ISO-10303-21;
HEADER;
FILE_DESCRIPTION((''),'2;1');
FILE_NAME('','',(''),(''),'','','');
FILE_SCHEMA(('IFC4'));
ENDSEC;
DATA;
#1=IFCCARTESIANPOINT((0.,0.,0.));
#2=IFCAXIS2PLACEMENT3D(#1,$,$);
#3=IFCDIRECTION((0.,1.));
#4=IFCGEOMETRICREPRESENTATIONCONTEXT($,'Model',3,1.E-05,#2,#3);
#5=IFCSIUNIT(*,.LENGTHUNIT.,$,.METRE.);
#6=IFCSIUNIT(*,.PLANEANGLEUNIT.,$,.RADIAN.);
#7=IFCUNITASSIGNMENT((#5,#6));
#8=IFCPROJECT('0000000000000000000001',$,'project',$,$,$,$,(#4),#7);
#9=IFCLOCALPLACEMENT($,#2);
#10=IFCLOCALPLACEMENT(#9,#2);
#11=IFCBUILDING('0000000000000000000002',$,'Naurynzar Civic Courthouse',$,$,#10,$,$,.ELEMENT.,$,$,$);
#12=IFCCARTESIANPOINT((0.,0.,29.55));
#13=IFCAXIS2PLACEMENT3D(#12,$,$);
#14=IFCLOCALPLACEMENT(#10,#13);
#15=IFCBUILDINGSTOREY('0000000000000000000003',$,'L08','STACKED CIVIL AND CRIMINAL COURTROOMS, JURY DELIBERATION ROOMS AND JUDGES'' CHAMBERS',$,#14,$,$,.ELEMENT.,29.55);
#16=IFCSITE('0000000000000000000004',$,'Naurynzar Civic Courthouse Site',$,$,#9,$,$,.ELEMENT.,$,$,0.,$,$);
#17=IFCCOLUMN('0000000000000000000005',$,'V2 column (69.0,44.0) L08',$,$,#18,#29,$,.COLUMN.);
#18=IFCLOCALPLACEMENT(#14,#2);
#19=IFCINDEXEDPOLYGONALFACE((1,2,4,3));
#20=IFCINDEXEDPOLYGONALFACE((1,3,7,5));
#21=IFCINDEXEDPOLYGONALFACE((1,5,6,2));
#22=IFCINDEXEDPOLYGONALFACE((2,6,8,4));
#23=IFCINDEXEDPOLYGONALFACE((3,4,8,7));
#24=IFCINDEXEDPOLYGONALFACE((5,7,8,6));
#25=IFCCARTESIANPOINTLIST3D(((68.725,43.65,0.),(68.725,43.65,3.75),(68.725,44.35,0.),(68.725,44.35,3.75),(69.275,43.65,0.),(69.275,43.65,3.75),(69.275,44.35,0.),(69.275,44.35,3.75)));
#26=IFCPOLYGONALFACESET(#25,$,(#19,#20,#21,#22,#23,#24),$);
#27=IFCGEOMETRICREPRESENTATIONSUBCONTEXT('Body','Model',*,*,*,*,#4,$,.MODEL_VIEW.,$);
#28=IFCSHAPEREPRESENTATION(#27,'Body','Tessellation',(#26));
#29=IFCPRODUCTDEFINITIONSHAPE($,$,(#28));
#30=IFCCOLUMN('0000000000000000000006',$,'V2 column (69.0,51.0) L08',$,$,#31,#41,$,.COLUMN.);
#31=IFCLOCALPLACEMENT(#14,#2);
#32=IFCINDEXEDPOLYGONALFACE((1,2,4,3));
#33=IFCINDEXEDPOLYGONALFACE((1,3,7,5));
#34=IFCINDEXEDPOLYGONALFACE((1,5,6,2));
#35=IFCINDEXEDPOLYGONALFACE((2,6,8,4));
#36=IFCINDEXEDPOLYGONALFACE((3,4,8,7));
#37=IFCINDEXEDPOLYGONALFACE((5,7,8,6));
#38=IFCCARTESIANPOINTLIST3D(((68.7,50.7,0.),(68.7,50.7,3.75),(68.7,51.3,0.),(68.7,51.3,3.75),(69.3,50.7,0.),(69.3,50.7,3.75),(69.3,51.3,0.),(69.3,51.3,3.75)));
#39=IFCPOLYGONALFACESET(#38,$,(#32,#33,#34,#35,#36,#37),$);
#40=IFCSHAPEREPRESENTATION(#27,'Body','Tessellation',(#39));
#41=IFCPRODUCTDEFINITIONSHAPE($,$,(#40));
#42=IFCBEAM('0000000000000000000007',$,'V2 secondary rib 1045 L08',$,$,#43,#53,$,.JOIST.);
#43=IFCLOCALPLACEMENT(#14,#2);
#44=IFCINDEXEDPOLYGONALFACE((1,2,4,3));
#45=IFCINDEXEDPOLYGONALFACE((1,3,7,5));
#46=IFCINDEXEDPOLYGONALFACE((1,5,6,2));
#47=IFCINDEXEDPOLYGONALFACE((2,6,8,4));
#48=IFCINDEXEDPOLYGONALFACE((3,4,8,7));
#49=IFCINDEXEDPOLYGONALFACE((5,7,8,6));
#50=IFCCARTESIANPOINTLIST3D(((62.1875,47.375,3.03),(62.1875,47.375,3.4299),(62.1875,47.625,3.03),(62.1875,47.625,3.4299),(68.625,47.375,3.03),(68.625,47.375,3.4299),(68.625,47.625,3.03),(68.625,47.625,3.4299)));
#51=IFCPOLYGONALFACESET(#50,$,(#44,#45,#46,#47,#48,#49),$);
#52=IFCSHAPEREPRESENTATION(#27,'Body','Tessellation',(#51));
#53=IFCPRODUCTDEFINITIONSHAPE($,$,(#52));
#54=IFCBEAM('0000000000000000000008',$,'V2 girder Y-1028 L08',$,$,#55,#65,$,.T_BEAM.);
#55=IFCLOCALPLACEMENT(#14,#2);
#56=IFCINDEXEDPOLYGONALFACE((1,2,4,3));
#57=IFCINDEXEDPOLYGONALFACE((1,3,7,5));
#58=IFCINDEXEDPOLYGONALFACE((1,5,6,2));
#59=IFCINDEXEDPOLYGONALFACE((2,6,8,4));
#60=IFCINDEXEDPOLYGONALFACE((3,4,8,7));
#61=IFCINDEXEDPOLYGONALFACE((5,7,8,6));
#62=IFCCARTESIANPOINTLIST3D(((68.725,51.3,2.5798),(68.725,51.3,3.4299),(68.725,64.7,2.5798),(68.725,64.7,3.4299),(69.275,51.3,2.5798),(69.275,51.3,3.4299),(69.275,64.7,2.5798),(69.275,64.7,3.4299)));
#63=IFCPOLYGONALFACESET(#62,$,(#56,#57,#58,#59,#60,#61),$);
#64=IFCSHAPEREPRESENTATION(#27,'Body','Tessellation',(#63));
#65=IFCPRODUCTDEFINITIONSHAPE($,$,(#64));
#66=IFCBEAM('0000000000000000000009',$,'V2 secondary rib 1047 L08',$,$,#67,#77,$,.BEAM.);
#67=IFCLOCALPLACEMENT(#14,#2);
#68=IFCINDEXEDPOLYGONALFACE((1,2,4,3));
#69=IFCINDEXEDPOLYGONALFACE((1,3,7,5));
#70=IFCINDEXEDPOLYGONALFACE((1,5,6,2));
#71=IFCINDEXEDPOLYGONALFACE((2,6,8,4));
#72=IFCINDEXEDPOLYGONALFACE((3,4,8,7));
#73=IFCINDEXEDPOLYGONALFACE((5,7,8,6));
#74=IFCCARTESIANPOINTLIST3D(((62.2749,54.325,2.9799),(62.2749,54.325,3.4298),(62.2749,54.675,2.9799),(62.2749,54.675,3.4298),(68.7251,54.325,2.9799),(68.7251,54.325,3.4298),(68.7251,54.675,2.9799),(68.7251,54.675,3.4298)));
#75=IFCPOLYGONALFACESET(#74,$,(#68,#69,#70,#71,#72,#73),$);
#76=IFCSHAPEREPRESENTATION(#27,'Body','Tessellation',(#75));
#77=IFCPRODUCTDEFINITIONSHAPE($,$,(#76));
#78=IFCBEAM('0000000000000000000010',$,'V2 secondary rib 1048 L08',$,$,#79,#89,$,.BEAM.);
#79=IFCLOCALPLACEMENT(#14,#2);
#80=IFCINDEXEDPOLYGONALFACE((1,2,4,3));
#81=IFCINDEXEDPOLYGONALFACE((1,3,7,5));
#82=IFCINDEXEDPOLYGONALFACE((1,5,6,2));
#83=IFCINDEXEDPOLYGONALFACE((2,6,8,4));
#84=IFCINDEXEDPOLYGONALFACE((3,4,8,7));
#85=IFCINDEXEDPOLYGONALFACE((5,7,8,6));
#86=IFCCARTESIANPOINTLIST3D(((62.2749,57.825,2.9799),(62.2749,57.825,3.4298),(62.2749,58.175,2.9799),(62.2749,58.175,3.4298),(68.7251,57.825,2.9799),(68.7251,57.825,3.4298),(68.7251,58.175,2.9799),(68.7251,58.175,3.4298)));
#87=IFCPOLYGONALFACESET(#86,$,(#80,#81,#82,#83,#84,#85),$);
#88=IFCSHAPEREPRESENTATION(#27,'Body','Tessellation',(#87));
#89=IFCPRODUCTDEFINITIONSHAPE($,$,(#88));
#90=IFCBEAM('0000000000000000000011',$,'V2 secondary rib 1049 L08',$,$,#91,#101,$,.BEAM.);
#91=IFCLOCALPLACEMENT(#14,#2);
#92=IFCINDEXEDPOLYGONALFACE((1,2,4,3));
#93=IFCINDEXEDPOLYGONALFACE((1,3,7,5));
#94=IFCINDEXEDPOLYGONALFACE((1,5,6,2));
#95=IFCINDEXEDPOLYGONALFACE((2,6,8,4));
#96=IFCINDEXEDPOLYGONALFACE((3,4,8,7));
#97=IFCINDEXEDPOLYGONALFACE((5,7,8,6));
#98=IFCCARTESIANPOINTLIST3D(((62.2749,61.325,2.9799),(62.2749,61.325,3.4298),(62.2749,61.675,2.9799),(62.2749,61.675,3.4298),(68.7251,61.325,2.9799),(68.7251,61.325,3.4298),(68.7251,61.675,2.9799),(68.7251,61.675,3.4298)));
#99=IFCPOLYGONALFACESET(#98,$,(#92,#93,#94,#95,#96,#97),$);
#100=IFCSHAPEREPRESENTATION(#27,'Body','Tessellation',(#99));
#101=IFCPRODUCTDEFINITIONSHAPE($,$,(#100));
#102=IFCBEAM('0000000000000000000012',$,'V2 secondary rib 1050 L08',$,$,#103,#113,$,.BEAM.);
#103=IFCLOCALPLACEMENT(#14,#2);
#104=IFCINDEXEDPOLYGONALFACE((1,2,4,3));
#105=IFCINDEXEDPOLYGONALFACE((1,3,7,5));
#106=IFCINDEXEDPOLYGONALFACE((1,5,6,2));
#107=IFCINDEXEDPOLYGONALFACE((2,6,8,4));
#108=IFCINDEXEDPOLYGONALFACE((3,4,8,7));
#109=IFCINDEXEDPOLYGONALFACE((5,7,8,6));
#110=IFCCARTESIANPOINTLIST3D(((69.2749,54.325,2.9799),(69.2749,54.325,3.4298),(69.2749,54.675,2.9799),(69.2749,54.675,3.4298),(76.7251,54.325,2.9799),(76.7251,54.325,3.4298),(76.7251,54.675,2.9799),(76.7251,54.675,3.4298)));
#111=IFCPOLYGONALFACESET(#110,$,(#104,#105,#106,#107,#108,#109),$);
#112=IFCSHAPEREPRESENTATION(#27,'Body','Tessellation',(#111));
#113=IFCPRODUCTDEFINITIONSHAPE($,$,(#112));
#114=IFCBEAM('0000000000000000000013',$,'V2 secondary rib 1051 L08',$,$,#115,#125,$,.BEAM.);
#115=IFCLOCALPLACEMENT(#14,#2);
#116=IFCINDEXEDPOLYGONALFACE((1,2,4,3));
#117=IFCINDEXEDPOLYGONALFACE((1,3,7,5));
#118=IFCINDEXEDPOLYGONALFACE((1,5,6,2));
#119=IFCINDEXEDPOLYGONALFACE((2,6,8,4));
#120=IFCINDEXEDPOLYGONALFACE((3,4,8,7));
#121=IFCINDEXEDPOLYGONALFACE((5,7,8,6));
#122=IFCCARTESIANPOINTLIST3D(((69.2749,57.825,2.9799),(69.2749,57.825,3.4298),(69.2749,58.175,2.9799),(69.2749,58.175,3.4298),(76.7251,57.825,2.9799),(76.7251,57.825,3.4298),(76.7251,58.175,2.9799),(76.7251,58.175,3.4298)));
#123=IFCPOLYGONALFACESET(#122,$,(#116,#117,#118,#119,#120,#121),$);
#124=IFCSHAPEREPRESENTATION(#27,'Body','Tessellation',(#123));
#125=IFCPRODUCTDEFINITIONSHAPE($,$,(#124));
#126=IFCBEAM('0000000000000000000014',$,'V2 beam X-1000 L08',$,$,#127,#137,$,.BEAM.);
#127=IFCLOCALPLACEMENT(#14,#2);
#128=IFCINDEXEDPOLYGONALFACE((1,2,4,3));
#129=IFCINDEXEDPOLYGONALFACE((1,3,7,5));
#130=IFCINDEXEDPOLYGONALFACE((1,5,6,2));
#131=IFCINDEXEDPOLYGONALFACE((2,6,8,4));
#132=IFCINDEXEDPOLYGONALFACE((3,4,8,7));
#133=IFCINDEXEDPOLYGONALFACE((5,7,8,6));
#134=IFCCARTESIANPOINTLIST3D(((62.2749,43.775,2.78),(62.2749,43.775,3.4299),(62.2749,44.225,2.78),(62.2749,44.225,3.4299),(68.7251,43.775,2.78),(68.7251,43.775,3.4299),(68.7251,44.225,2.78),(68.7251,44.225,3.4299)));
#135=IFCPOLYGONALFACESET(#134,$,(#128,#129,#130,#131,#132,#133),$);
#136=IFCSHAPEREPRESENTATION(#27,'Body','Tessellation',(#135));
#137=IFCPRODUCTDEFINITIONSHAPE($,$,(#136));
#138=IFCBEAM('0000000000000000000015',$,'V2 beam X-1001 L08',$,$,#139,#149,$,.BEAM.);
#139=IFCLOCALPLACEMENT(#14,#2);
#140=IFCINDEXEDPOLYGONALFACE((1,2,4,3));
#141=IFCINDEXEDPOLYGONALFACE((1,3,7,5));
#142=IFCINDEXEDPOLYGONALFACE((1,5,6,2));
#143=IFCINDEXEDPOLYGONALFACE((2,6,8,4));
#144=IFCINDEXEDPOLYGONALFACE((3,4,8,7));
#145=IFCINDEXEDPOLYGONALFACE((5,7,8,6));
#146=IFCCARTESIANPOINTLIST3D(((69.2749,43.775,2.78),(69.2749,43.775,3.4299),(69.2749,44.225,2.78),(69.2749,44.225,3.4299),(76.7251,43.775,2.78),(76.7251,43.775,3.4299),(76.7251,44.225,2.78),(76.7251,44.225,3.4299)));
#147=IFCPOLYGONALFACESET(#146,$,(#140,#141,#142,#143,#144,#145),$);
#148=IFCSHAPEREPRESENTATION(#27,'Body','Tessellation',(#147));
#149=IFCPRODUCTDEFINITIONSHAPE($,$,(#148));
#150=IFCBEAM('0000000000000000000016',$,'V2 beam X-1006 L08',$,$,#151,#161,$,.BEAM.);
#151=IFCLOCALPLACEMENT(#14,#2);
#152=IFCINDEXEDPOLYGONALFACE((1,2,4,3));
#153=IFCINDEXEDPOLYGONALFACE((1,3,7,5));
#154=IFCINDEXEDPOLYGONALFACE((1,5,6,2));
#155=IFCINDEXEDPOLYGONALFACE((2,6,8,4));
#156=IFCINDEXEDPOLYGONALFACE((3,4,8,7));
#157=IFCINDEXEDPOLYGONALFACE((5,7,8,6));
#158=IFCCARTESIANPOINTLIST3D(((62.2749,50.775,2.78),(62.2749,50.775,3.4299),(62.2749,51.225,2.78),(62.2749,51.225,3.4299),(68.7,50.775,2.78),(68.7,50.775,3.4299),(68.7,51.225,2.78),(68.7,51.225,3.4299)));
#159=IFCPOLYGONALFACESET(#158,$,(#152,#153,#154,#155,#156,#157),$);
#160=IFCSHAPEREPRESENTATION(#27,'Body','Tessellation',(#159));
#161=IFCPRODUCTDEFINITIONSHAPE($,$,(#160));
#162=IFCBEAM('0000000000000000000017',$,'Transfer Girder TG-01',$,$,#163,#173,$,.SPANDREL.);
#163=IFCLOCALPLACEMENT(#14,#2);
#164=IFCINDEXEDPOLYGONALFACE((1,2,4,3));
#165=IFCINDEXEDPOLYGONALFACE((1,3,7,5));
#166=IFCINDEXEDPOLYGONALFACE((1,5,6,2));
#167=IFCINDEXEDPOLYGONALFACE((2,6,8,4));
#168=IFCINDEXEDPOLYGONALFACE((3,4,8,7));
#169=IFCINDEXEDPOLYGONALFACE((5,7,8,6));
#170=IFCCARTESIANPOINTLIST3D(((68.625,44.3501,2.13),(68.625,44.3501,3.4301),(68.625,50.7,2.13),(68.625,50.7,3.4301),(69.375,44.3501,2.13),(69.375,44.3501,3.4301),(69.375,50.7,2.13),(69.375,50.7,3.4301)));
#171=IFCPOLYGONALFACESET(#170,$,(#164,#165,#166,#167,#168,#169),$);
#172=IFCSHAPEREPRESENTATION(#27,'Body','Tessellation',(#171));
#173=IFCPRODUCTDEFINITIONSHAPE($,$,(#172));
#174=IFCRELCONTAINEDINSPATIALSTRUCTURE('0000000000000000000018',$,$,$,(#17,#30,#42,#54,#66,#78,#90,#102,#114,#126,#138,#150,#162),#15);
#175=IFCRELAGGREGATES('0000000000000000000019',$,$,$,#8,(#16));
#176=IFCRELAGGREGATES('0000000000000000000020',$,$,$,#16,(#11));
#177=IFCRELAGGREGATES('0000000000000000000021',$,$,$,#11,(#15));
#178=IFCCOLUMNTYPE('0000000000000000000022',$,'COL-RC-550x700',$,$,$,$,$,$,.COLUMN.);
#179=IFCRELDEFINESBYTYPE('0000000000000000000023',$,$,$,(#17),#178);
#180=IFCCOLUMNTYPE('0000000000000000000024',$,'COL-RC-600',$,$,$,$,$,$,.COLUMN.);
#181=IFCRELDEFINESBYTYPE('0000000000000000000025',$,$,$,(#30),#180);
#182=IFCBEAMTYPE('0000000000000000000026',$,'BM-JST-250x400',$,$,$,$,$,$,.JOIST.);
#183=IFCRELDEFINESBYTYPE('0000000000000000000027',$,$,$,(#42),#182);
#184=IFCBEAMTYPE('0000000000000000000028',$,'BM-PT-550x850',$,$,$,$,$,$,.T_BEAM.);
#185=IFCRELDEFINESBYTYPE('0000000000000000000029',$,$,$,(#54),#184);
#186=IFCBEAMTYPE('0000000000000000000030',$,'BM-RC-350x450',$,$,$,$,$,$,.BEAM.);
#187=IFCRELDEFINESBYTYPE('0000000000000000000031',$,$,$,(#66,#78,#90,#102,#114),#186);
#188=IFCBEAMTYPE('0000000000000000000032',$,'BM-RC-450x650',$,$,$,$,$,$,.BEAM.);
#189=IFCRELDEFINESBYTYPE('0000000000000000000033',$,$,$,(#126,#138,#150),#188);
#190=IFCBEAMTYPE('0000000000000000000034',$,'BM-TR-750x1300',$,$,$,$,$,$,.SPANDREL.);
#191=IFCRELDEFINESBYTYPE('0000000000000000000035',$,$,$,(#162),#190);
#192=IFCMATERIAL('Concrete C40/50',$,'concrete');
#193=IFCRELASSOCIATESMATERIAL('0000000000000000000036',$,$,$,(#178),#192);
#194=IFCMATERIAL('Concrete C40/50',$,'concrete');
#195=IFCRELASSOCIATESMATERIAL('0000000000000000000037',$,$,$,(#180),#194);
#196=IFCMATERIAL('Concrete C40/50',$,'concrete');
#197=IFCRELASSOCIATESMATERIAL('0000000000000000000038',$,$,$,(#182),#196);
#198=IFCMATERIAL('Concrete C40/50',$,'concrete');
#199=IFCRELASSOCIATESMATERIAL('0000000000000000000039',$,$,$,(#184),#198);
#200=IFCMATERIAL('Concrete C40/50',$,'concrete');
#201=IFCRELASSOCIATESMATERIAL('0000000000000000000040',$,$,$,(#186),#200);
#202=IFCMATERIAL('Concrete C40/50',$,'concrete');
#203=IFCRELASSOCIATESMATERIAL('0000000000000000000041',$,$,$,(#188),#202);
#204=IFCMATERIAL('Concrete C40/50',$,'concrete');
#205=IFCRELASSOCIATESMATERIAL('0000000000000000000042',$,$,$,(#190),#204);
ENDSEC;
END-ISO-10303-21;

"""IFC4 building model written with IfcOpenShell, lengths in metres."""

from ifc_helpers import new_model, si_unit, direction, frame, origin, origin_2d, place, context, subcontext, project, spatial, rectangle, extrude, material, material_profile, profile_set, type_object, element, save


model = new_model("IFC4")

# Units and contexts
model_context = context("Model", 3, precision=1e-05, world=origin(), true_north=direction((0.0, 1.0)))
body_context = subcontext(model_context, "Body", "Model", "MODEL_VIEW")
ifc_project = project(units=[si_unit("LENGTHUNIT", "METRE"), si_unit("PLANEANGLEUNIT", "RADIAN")], contexts=[model_context])

# Site, building, storey
site_placement = place(None, origin())
site = spatial("IfcSite", under=ifc_project, at=site_placement, Name="Naurynzar Civic Courthouse Site", CompositionType="ELEMENT", RefElevation=0.0)
building_placement = place(site_placement, origin())
building = spatial("IfcBuilding", under=site, at=building_placement, Name="Naurynzar Civic Courthouse", CompositionType="ELEMENT")
storey_placement = place(building_placement, frame((0.0, 0.0, 29.55)))
storey = spatial("IfcBuildingStorey", under=building, at=storey_placement, Name="L08", Description="STACKED CIVIL AND CRIMINAL COURTROOMS, JURY DELIBERATION ROOMS AND JUDGES' CHAMBERS", CompositionType="ELEMENT", Elevation=29.55)

# Columns
ifc_material_1 = material(Name="Concrete C40/50", Category="concrete")
ifc_material_profile_1 = material_profile(ifc_material_1, rectangle(XDim=0.55, YDim=0.7, at=origin_2d()), Name="RC 550x700")
ifc_profile_set_1 = profile_set([ifc_material_profile_1], Name="Concrete C40/50")
column_type_1 = type_object("IfcColumnType", Name="COL-RC-550x700", PredefinedType="COLUMN", material=ifc_profile_set_1)
column_1_placement = place(storey_placement, frame((69.0, 44.0, 0.0), z_axis=(0.0, 0.0, 1.0), x_axis=(1.0, 0.0, 0.0)))
element("IfcColumn", 1, at=column_1_placement, inside=storey, type_object=column_type_1, Name="V2 column (69.0,44.0) L08", PredefinedType="COLUMN", context=body_context, shape_type="SweptSolid", body=[
    extrude(rectangle(XDim=0.55, YDim=0.7, at=origin_2d()), origin(), (0.0, 0.0, 1.0), 3.75),
])
ifc_material_2 = material(Name="Concrete C40/50", Category="concrete")
ifc_material_profile_2 = material_profile(ifc_material_2, rectangle(XDim=0.6001, YDim=0.6001, at=origin_2d()), Name="RC 600x600")
ifc_profile_set_2 = profile_set([ifc_material_profile_2], Name="Concrete C40/50")
column_type_2 = type_object("IfcColumnType", Name="COL-RC-600", PredefinedType="COLUMN", material=ifc_profile_set_2)
column_2_placement = place(storey_placement, frame((69.0, 51.0, 0.0), z_axis=(0.0, 0.0, 1.0), x_axis=(1.0, 0.0, 0.0)))
element("IfcColumn", 2, at=column_2_placement, inside=storey, type_object=column_type_2, Name="V2 column (69.0,51.0) L08", PredefinedType="COLUMN", context=body_context, shape_type="SweptSolid", body=[
    extrude(rectangle(XDim=0.6001, YDim=0.6001, at=origin_2d()), origin(), (0.0, 0.0, 1.0), 3.75),
])

# Beams
ifc_material_3 = material(Name="Concrete C40/50", Category="concrete")
ifc_material_profile_3 = material_profile(ifc_material_3, rectangle(XDim=0.25, YDim=0.3999, at=origin_2d()), Name="RCB 250x400")
ifc_profile_set_3 = profile_set([ifc_material_profile_3], Name="Concrete C40/50")
beam_type_1 = type_object("IfcBeamType", Name="BM-JST-250x400", PredefinedType="JOIST", material=ifc_profile_set_3)
beam_1_placement = place(storey_placement, frame((62.1875, 47.5, 3.23), z_axis=(1.0, 0.0, 0.0), x_axis=(0.0, 1.0, 0.0)))
element("IfcBeam", 3, at=beam_1_placement, inside=storey, type_object=beam_type_1, Name="V2 secondary rib 1045 L08", PredefinedType="JOIST", context=body_context, shape_type="SweptSolid", body=[
    extrude(rectangle(XDim=0.25, YDim=0.3999, at=origin_2d()), origin(), (0.0, 0.0, 1.0), 6.4375),
])
ifc_material_4 = material(Name="Concrete C40/50", Category="concrete")
ifc_material_profile_4 = material_profile(ifc_material_4, rectangle(XDim=0.55, YDim=0.8501, at=origin_2d()), Name="PTB 550x850")
ifc_profile_set_4 = profile_set([ifc_material_profile_4], Name="Concrete C40/50")
beam_type_2 = type_object("IfcBeamType", Name="BM-PT-550x850", PredefinedType="T_BEAM", material=ifc_profile_set_4)
beam_2_placement = place(storey_placement, frame((69.0, 51.3, 3.0049), z_axis=(0.0, 1.0, 0.0), x_axis=(-1.0, 0.0, 0.0)))
element("IfcBeam", 4, at=beam_2_placement, inside=storey, type_object=beam_type_2, Name="V2 girder Y-1028 L08", PredefinedType="T_BEAM", context=body_context, shape_type="SweptSolid", body=[
    extrude(rectangle(XDim=0.55, YDim=0.8501, at=origin_2d()), origin(), (0.0, 0.0, 1.0), 13.3999),
])
ifc_material_5 = material(Name="Concrete C40/50", Category="concrete")
ifc_material_profile_5 = material_profile(ifc_material_5, rectangle(XDim=0.3501, YDim=0.45, at=origin_2d()), Name="RCB 350x450")
ifc_profile_set_5 = profile_set([ifc_material_profile_5], Name="Concrete C40/50")
beam_type_3 = type_object("IfcBeamType", Name="BM-RC-350x450", PredefinedType="BEAM", material=ifc_profile_set_5)
for number, where, z_axis, x_axis, name in (
    (5, (62.2749, 54.5, 3.2048), (1.0, 0.0, 0.0), (0.0, 1.0, 0.0), "V2 secondary rib 1047 L08"),
    (6, (62.2749, 58.0, 3.2048), (1.0, 0.0, 0.0), (0.0, 1.0, 0.0), "V2 secondary rib 1048 L08"),
    (7, (62.2749, 61.5, 3.2048), (1.0, 0.0, 0.0), (0.0, 1.0, 0.0), "V2 secondary rib 1049 L08"),
):
    element("IfcBeam", number, at=place(storey_placement, frame(where, z_axis=z_axis, x_axis=x_axis)), inside=storey, type_object=beam_type_3, Name=name, PredefinedType="BEAM", context=body_context, shape_type="SweptSolid", body=[
        extrude(rectangle(XDim=0.3501, YDim=0.45, at=origin_2d()), origin(), (0.0, 0.0, 1.0), 6.4502),
    ])
for number, where, z_axis, x_axis, name in (
    (8, (69.2749, 54.5, 3.2048), (1.0, 0.0, 0.0), (0.0, 1.0, 0.0), "V2 secondary rib 1050 L08"),
    (9, (69.2749, 58.0, 3.2048), (1.0, 0.0, 0.0), (0.0, 1.0, 0.0), "V2 secondary rib 1051 L08"),
):
    element("IfcBeam", number, at=place(storey_placement, frame(where, z_axis=z_axis, x_axis=x_axis)), inside=storey, type_object=beam_type_3, Name=name, PredefinedType="BEAM", context=body_context, shape_type="SweptSolid", body=[
        extrude(rectangle(XDim=0.3501, YDim=0.45, at=origin_2d()), origin(), (0.0, 0.0, 1.0), 7.4502),
    ])
ifc_material_6 = material(Name="Concrete C40/50", Category="concrete")
ifc_material_profile_6 = material_profile(ifc_material_6, rectangle(XDim=0.45, YDim=0.6499, at=origin_2d()), Name="RCB 450x650")
ifc_profile_set_6 = profile_set([ifc_material_profile_6], Name="Concrete C40/50")
beam_type_4 = type_object("IfcBeamType", Name="BM-RC-450x650", PredefinedType="BEAM", material=ifc_profile_set_6)
beam_3_placement = place(storey_placement, frame((62.2749, 44.0, 3.105), z_axis=(1.0, 0.0, 0.0), x_axis=(0.0, 1.0, 0.0)))
element("IfcBeam", 10, at=beam_3_placement, inside=storey, type_object=beam_type_4, Name="V2 beam X-1000 L08", PredefinedType="BEAM", context=body_context, shape_type="SweptSolid", body=[
    extrude(rectangle(XDim=0.45, YDim=0.6499, at=origin_2d()), origin(), (0.0, 0.0, 1.0), 6.4502),
])
beam_4_placement = place(storey_placement, frame((69.2749, 44.0, 3.105), z_axis=(1.0, 0.0, 0.0), x_axis=(0.0, 1.0, 0.0)))
element("IfcBeam", 11, at=beam_4_placement, inside=storey, type_object=beam_type_4, Name="V2 beam X-1001 L08", PredefinedType="BEAM", context=body_context, shape_type="SweptSolid", body=[
    extrude(rectangle(XDim=0.45, YDim=0.6499, at=origin_2d()), origin(), (0.0, 0.0, 1.0), 7.4502),
])
beam_5_placement = place(storey_placement, frame((62.2749, 51.0, 3.105), z_axis=(1.0, 0.0, 0.0), x_axis=(0.0, 1.0, 0.0)))
element("IfcBeam", 12, at=beam_5_placement, inside=storey, type_object=beam_type_4, Name="V2 beam X-1006 L08", PredefinedType="BEAM", context=body_context, shape_type="SweptSolid", body=[
    extrude(rectangle(XDim=0.45, YDim=0.6499, at=origin_2d()), origin(), (0.0, 0.0, 1.0), 6.425),
])
ifc_material_7 = material(Name="Concrete C40/50", Category="concrete")
ifc_material_profile_7 = material_profile(ifc_material_7, rectangle(XDim=0.75, YDim=1.3, at=origin_2d()), Name="RCT 750x1300")
ifc_profile_set_7 = profile_set([ifc_material_profile_7], Name="Concrete C40/50")
beam_type_5 = type_object("IfcBeamType", Name="BM-TR-750x1300", PredefinedType="SPANDREL", material=ifc_profile_set_7)
beam_6_placement = place(storey_placement, frame((69.0, 44.3501, 2.78), z_axis=(0.0, 1.0, 0.0), x_axis=(-1.0, 0.0, 0.0)))
element("IfcBeam", 13, at=beam_6_placement, inside=storey, type_object=beam_type_5, Name="Transfer Girder TG-01", PredefinedType="SPANDREL", context=body_context, shape_type="SweptSolid", body=[
    extrude(rectangle(XDim=0.75, YDim=1.3, at=origin_2d()), origin(), (0.0, 0.0, 1.0), 6.3499),
])

save(model, "model.ifc")
